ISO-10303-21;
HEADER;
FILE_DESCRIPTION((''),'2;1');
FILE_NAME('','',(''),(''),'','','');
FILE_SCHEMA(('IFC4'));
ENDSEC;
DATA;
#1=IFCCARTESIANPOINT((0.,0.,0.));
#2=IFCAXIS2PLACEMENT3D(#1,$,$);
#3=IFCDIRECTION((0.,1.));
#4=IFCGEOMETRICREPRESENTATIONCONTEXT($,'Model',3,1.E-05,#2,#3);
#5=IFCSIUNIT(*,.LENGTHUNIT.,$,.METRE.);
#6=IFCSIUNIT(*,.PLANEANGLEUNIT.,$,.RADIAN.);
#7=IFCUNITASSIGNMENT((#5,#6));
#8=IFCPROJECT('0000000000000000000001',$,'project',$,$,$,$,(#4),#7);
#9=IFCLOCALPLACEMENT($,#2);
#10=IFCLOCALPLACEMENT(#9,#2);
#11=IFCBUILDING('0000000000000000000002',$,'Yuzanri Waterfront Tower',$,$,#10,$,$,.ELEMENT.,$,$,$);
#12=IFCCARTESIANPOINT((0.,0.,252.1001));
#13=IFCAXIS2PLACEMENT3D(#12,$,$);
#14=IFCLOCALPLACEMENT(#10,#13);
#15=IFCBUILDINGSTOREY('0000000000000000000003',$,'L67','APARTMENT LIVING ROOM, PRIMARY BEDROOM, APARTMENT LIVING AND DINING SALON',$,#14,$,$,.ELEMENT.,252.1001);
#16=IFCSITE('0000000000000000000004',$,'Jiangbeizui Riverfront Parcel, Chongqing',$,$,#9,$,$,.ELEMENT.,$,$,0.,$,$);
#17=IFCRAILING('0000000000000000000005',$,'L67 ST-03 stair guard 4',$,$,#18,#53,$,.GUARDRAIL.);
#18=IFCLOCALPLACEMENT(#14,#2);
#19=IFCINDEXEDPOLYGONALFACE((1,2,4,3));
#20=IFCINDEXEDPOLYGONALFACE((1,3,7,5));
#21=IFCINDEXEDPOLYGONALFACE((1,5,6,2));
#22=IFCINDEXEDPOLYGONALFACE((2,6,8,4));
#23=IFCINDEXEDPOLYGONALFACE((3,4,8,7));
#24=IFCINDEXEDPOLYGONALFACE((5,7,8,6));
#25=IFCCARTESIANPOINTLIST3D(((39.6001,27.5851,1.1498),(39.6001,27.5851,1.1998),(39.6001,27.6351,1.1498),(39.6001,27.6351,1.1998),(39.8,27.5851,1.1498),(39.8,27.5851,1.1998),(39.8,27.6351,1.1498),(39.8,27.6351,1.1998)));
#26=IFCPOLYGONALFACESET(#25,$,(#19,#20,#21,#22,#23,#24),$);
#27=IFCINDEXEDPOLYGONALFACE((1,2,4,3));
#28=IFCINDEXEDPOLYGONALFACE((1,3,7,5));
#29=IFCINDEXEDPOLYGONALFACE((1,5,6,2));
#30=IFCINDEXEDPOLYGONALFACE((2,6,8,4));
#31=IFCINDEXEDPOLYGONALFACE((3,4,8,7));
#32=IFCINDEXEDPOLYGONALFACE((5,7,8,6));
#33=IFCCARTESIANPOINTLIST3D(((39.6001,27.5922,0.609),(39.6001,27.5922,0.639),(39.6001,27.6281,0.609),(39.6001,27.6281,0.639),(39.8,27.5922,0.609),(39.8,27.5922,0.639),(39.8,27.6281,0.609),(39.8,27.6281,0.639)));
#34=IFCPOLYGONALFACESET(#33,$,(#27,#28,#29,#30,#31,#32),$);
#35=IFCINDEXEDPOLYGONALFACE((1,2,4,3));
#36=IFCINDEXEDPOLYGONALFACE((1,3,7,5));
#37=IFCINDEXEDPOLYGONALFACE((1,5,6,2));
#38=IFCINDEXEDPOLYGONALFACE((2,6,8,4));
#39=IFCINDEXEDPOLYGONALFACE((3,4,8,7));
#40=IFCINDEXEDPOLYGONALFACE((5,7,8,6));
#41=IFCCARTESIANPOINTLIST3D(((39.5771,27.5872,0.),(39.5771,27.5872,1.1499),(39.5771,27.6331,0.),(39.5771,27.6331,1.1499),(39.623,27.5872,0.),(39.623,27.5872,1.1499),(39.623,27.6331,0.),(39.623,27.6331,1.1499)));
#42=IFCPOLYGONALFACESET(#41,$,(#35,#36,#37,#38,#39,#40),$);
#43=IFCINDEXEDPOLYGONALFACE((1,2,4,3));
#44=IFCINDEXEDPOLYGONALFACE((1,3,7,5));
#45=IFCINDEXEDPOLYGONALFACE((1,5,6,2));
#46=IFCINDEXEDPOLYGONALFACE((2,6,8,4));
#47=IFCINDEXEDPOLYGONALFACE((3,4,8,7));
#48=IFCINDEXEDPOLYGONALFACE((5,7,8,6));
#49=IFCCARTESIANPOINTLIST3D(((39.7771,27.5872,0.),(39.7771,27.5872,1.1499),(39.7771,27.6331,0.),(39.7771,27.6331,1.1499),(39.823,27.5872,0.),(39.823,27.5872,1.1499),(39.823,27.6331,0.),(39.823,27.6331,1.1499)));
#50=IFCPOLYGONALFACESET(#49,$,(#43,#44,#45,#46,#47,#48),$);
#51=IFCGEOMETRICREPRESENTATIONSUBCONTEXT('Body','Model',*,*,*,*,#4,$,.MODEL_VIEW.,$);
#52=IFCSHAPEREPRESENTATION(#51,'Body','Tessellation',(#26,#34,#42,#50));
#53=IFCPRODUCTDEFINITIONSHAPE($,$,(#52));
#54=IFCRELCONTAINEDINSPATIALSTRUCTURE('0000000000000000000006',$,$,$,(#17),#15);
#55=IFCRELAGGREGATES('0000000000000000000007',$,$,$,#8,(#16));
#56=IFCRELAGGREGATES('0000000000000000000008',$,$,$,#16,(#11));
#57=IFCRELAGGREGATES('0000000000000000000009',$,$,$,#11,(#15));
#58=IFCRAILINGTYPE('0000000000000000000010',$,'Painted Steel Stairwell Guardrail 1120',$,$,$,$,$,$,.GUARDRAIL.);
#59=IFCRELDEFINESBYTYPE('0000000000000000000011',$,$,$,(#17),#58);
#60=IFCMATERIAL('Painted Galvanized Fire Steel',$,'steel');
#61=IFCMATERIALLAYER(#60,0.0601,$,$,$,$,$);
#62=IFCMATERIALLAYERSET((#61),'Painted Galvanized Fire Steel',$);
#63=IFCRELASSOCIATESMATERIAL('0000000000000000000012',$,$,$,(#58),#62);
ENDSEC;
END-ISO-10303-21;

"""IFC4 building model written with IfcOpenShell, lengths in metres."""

from ifc_helpers import new_model, si_unit, direction, frame, origin, origin_2d, place, context, subcontext, project, spatial, rectangle, extrude, source, transform, mapped, material, layer, layer_set, type_object, element, save


model = new_model("IFC4")

# Units and contexts
model_context = context("Model", 3, precision=1e-05, world=origin(), true_north=direction((0.0, 1.0)))
body_context = subcontext(model_context, "Body", "Model", "MODEL_VIEW")
ifc_project = project(units=[si_unit("LENGTHUNIT", "METRE"), si_unit("PLANEANGLEUNIT", "RADIAN")], contexts=[model_context])

# Site, building, storey
site_placement = place(None, origin())
site = spatial("IfcSite", under=ifc_project, at=site_placement, Name="Jiangbeizui Riverfront Parcel, Chongqing", CompositionType="ELEMENT", RefElevation=0.0)
building_placement = place(site_placement, origin())
building = spatial("IfcBuilding", under=site, at=building_placement, Name="Yuzanri Waterfront Tower", CompositionType="ELEMENT")
storey_placement = place(building_placement, frame((0.0, 0.0, 252.1001)))
storey = spatial("IfcBuildingStorey", under=building, at=storey_placement, Name="L67", Description="APARTMENT LIVING ROOM, PRIMARY BEDROOM, APARTMENT LIVING AND DINING SALON", CompositionType="ELEMENT", Elevation=252.1001)

# Railing
ifc_material_1 = material(Name="Painted Galvanized Fire Steel", Category="steel")
ifc_layer_1 = layer(ifc_material_1, 0.0601)
ifc_layer_set_1 = layer_set([ifc_layer_1], Name="Painted Galvanized Fire Steel")
railing_type_1 = type_object("IfcRailingType", Name="Painted Steel Stairwell Guardrail 1120", PredefinedType="GUARDRAIL", material=ifc_layer_set_1)
shared_shape_1 = source(origin(), body_context, "Body", "SweptSolid", [
    extrude(rectangle(XDim=0.05, YDim=0.05, at=origin_2d()), frame((0.0, 0.0, 1.1748), z_axis=(1.0, 0.0, 0.0), x_axis=(0.0, 1.0, 0.0)), (0.0, 0.0, 1.0), 0.2),
    extrude(rectangle(XDim=0.0359, YDim=0.03, at=origin_2d()), frame((0.0, 0.0, 0.624), z_axis=(1.0, 0.0, 0.0), x_axis=(0.0, 1.0, 0.0)), (0.0, 0.0, 1.0), 0.2),
    extrude(rectangle(XDim=0.0459, YDim=0.0459, at=origin_2d()), origin(), (0.0, 0.0, 1.0), 1.1499),
    extrude(rectangle(XDim=0.0459, YDim=0.0459, at=origin_2d()), frame((0.2, 0.0, 0.0)), (0.0, 0.0, 1.0), 1.1499),
])
railing_1_placement = place(storey_placement, frame((39.6001, 27.6101, 0.0)))
element("IfcRailing", 1, at=railing_1_placement, inside=storey, type_object=railing_type_1, Name="L67 ST-03 stair guard 4", PredefinedType="GUARDRAIL", context=body_context, shape_type="MappedRepresentation", body=[
    mapped(shared_shape_1, transform((0.0, 0.0, 0.0), scale=1.0)),
])

save(model, "model.ifc")
